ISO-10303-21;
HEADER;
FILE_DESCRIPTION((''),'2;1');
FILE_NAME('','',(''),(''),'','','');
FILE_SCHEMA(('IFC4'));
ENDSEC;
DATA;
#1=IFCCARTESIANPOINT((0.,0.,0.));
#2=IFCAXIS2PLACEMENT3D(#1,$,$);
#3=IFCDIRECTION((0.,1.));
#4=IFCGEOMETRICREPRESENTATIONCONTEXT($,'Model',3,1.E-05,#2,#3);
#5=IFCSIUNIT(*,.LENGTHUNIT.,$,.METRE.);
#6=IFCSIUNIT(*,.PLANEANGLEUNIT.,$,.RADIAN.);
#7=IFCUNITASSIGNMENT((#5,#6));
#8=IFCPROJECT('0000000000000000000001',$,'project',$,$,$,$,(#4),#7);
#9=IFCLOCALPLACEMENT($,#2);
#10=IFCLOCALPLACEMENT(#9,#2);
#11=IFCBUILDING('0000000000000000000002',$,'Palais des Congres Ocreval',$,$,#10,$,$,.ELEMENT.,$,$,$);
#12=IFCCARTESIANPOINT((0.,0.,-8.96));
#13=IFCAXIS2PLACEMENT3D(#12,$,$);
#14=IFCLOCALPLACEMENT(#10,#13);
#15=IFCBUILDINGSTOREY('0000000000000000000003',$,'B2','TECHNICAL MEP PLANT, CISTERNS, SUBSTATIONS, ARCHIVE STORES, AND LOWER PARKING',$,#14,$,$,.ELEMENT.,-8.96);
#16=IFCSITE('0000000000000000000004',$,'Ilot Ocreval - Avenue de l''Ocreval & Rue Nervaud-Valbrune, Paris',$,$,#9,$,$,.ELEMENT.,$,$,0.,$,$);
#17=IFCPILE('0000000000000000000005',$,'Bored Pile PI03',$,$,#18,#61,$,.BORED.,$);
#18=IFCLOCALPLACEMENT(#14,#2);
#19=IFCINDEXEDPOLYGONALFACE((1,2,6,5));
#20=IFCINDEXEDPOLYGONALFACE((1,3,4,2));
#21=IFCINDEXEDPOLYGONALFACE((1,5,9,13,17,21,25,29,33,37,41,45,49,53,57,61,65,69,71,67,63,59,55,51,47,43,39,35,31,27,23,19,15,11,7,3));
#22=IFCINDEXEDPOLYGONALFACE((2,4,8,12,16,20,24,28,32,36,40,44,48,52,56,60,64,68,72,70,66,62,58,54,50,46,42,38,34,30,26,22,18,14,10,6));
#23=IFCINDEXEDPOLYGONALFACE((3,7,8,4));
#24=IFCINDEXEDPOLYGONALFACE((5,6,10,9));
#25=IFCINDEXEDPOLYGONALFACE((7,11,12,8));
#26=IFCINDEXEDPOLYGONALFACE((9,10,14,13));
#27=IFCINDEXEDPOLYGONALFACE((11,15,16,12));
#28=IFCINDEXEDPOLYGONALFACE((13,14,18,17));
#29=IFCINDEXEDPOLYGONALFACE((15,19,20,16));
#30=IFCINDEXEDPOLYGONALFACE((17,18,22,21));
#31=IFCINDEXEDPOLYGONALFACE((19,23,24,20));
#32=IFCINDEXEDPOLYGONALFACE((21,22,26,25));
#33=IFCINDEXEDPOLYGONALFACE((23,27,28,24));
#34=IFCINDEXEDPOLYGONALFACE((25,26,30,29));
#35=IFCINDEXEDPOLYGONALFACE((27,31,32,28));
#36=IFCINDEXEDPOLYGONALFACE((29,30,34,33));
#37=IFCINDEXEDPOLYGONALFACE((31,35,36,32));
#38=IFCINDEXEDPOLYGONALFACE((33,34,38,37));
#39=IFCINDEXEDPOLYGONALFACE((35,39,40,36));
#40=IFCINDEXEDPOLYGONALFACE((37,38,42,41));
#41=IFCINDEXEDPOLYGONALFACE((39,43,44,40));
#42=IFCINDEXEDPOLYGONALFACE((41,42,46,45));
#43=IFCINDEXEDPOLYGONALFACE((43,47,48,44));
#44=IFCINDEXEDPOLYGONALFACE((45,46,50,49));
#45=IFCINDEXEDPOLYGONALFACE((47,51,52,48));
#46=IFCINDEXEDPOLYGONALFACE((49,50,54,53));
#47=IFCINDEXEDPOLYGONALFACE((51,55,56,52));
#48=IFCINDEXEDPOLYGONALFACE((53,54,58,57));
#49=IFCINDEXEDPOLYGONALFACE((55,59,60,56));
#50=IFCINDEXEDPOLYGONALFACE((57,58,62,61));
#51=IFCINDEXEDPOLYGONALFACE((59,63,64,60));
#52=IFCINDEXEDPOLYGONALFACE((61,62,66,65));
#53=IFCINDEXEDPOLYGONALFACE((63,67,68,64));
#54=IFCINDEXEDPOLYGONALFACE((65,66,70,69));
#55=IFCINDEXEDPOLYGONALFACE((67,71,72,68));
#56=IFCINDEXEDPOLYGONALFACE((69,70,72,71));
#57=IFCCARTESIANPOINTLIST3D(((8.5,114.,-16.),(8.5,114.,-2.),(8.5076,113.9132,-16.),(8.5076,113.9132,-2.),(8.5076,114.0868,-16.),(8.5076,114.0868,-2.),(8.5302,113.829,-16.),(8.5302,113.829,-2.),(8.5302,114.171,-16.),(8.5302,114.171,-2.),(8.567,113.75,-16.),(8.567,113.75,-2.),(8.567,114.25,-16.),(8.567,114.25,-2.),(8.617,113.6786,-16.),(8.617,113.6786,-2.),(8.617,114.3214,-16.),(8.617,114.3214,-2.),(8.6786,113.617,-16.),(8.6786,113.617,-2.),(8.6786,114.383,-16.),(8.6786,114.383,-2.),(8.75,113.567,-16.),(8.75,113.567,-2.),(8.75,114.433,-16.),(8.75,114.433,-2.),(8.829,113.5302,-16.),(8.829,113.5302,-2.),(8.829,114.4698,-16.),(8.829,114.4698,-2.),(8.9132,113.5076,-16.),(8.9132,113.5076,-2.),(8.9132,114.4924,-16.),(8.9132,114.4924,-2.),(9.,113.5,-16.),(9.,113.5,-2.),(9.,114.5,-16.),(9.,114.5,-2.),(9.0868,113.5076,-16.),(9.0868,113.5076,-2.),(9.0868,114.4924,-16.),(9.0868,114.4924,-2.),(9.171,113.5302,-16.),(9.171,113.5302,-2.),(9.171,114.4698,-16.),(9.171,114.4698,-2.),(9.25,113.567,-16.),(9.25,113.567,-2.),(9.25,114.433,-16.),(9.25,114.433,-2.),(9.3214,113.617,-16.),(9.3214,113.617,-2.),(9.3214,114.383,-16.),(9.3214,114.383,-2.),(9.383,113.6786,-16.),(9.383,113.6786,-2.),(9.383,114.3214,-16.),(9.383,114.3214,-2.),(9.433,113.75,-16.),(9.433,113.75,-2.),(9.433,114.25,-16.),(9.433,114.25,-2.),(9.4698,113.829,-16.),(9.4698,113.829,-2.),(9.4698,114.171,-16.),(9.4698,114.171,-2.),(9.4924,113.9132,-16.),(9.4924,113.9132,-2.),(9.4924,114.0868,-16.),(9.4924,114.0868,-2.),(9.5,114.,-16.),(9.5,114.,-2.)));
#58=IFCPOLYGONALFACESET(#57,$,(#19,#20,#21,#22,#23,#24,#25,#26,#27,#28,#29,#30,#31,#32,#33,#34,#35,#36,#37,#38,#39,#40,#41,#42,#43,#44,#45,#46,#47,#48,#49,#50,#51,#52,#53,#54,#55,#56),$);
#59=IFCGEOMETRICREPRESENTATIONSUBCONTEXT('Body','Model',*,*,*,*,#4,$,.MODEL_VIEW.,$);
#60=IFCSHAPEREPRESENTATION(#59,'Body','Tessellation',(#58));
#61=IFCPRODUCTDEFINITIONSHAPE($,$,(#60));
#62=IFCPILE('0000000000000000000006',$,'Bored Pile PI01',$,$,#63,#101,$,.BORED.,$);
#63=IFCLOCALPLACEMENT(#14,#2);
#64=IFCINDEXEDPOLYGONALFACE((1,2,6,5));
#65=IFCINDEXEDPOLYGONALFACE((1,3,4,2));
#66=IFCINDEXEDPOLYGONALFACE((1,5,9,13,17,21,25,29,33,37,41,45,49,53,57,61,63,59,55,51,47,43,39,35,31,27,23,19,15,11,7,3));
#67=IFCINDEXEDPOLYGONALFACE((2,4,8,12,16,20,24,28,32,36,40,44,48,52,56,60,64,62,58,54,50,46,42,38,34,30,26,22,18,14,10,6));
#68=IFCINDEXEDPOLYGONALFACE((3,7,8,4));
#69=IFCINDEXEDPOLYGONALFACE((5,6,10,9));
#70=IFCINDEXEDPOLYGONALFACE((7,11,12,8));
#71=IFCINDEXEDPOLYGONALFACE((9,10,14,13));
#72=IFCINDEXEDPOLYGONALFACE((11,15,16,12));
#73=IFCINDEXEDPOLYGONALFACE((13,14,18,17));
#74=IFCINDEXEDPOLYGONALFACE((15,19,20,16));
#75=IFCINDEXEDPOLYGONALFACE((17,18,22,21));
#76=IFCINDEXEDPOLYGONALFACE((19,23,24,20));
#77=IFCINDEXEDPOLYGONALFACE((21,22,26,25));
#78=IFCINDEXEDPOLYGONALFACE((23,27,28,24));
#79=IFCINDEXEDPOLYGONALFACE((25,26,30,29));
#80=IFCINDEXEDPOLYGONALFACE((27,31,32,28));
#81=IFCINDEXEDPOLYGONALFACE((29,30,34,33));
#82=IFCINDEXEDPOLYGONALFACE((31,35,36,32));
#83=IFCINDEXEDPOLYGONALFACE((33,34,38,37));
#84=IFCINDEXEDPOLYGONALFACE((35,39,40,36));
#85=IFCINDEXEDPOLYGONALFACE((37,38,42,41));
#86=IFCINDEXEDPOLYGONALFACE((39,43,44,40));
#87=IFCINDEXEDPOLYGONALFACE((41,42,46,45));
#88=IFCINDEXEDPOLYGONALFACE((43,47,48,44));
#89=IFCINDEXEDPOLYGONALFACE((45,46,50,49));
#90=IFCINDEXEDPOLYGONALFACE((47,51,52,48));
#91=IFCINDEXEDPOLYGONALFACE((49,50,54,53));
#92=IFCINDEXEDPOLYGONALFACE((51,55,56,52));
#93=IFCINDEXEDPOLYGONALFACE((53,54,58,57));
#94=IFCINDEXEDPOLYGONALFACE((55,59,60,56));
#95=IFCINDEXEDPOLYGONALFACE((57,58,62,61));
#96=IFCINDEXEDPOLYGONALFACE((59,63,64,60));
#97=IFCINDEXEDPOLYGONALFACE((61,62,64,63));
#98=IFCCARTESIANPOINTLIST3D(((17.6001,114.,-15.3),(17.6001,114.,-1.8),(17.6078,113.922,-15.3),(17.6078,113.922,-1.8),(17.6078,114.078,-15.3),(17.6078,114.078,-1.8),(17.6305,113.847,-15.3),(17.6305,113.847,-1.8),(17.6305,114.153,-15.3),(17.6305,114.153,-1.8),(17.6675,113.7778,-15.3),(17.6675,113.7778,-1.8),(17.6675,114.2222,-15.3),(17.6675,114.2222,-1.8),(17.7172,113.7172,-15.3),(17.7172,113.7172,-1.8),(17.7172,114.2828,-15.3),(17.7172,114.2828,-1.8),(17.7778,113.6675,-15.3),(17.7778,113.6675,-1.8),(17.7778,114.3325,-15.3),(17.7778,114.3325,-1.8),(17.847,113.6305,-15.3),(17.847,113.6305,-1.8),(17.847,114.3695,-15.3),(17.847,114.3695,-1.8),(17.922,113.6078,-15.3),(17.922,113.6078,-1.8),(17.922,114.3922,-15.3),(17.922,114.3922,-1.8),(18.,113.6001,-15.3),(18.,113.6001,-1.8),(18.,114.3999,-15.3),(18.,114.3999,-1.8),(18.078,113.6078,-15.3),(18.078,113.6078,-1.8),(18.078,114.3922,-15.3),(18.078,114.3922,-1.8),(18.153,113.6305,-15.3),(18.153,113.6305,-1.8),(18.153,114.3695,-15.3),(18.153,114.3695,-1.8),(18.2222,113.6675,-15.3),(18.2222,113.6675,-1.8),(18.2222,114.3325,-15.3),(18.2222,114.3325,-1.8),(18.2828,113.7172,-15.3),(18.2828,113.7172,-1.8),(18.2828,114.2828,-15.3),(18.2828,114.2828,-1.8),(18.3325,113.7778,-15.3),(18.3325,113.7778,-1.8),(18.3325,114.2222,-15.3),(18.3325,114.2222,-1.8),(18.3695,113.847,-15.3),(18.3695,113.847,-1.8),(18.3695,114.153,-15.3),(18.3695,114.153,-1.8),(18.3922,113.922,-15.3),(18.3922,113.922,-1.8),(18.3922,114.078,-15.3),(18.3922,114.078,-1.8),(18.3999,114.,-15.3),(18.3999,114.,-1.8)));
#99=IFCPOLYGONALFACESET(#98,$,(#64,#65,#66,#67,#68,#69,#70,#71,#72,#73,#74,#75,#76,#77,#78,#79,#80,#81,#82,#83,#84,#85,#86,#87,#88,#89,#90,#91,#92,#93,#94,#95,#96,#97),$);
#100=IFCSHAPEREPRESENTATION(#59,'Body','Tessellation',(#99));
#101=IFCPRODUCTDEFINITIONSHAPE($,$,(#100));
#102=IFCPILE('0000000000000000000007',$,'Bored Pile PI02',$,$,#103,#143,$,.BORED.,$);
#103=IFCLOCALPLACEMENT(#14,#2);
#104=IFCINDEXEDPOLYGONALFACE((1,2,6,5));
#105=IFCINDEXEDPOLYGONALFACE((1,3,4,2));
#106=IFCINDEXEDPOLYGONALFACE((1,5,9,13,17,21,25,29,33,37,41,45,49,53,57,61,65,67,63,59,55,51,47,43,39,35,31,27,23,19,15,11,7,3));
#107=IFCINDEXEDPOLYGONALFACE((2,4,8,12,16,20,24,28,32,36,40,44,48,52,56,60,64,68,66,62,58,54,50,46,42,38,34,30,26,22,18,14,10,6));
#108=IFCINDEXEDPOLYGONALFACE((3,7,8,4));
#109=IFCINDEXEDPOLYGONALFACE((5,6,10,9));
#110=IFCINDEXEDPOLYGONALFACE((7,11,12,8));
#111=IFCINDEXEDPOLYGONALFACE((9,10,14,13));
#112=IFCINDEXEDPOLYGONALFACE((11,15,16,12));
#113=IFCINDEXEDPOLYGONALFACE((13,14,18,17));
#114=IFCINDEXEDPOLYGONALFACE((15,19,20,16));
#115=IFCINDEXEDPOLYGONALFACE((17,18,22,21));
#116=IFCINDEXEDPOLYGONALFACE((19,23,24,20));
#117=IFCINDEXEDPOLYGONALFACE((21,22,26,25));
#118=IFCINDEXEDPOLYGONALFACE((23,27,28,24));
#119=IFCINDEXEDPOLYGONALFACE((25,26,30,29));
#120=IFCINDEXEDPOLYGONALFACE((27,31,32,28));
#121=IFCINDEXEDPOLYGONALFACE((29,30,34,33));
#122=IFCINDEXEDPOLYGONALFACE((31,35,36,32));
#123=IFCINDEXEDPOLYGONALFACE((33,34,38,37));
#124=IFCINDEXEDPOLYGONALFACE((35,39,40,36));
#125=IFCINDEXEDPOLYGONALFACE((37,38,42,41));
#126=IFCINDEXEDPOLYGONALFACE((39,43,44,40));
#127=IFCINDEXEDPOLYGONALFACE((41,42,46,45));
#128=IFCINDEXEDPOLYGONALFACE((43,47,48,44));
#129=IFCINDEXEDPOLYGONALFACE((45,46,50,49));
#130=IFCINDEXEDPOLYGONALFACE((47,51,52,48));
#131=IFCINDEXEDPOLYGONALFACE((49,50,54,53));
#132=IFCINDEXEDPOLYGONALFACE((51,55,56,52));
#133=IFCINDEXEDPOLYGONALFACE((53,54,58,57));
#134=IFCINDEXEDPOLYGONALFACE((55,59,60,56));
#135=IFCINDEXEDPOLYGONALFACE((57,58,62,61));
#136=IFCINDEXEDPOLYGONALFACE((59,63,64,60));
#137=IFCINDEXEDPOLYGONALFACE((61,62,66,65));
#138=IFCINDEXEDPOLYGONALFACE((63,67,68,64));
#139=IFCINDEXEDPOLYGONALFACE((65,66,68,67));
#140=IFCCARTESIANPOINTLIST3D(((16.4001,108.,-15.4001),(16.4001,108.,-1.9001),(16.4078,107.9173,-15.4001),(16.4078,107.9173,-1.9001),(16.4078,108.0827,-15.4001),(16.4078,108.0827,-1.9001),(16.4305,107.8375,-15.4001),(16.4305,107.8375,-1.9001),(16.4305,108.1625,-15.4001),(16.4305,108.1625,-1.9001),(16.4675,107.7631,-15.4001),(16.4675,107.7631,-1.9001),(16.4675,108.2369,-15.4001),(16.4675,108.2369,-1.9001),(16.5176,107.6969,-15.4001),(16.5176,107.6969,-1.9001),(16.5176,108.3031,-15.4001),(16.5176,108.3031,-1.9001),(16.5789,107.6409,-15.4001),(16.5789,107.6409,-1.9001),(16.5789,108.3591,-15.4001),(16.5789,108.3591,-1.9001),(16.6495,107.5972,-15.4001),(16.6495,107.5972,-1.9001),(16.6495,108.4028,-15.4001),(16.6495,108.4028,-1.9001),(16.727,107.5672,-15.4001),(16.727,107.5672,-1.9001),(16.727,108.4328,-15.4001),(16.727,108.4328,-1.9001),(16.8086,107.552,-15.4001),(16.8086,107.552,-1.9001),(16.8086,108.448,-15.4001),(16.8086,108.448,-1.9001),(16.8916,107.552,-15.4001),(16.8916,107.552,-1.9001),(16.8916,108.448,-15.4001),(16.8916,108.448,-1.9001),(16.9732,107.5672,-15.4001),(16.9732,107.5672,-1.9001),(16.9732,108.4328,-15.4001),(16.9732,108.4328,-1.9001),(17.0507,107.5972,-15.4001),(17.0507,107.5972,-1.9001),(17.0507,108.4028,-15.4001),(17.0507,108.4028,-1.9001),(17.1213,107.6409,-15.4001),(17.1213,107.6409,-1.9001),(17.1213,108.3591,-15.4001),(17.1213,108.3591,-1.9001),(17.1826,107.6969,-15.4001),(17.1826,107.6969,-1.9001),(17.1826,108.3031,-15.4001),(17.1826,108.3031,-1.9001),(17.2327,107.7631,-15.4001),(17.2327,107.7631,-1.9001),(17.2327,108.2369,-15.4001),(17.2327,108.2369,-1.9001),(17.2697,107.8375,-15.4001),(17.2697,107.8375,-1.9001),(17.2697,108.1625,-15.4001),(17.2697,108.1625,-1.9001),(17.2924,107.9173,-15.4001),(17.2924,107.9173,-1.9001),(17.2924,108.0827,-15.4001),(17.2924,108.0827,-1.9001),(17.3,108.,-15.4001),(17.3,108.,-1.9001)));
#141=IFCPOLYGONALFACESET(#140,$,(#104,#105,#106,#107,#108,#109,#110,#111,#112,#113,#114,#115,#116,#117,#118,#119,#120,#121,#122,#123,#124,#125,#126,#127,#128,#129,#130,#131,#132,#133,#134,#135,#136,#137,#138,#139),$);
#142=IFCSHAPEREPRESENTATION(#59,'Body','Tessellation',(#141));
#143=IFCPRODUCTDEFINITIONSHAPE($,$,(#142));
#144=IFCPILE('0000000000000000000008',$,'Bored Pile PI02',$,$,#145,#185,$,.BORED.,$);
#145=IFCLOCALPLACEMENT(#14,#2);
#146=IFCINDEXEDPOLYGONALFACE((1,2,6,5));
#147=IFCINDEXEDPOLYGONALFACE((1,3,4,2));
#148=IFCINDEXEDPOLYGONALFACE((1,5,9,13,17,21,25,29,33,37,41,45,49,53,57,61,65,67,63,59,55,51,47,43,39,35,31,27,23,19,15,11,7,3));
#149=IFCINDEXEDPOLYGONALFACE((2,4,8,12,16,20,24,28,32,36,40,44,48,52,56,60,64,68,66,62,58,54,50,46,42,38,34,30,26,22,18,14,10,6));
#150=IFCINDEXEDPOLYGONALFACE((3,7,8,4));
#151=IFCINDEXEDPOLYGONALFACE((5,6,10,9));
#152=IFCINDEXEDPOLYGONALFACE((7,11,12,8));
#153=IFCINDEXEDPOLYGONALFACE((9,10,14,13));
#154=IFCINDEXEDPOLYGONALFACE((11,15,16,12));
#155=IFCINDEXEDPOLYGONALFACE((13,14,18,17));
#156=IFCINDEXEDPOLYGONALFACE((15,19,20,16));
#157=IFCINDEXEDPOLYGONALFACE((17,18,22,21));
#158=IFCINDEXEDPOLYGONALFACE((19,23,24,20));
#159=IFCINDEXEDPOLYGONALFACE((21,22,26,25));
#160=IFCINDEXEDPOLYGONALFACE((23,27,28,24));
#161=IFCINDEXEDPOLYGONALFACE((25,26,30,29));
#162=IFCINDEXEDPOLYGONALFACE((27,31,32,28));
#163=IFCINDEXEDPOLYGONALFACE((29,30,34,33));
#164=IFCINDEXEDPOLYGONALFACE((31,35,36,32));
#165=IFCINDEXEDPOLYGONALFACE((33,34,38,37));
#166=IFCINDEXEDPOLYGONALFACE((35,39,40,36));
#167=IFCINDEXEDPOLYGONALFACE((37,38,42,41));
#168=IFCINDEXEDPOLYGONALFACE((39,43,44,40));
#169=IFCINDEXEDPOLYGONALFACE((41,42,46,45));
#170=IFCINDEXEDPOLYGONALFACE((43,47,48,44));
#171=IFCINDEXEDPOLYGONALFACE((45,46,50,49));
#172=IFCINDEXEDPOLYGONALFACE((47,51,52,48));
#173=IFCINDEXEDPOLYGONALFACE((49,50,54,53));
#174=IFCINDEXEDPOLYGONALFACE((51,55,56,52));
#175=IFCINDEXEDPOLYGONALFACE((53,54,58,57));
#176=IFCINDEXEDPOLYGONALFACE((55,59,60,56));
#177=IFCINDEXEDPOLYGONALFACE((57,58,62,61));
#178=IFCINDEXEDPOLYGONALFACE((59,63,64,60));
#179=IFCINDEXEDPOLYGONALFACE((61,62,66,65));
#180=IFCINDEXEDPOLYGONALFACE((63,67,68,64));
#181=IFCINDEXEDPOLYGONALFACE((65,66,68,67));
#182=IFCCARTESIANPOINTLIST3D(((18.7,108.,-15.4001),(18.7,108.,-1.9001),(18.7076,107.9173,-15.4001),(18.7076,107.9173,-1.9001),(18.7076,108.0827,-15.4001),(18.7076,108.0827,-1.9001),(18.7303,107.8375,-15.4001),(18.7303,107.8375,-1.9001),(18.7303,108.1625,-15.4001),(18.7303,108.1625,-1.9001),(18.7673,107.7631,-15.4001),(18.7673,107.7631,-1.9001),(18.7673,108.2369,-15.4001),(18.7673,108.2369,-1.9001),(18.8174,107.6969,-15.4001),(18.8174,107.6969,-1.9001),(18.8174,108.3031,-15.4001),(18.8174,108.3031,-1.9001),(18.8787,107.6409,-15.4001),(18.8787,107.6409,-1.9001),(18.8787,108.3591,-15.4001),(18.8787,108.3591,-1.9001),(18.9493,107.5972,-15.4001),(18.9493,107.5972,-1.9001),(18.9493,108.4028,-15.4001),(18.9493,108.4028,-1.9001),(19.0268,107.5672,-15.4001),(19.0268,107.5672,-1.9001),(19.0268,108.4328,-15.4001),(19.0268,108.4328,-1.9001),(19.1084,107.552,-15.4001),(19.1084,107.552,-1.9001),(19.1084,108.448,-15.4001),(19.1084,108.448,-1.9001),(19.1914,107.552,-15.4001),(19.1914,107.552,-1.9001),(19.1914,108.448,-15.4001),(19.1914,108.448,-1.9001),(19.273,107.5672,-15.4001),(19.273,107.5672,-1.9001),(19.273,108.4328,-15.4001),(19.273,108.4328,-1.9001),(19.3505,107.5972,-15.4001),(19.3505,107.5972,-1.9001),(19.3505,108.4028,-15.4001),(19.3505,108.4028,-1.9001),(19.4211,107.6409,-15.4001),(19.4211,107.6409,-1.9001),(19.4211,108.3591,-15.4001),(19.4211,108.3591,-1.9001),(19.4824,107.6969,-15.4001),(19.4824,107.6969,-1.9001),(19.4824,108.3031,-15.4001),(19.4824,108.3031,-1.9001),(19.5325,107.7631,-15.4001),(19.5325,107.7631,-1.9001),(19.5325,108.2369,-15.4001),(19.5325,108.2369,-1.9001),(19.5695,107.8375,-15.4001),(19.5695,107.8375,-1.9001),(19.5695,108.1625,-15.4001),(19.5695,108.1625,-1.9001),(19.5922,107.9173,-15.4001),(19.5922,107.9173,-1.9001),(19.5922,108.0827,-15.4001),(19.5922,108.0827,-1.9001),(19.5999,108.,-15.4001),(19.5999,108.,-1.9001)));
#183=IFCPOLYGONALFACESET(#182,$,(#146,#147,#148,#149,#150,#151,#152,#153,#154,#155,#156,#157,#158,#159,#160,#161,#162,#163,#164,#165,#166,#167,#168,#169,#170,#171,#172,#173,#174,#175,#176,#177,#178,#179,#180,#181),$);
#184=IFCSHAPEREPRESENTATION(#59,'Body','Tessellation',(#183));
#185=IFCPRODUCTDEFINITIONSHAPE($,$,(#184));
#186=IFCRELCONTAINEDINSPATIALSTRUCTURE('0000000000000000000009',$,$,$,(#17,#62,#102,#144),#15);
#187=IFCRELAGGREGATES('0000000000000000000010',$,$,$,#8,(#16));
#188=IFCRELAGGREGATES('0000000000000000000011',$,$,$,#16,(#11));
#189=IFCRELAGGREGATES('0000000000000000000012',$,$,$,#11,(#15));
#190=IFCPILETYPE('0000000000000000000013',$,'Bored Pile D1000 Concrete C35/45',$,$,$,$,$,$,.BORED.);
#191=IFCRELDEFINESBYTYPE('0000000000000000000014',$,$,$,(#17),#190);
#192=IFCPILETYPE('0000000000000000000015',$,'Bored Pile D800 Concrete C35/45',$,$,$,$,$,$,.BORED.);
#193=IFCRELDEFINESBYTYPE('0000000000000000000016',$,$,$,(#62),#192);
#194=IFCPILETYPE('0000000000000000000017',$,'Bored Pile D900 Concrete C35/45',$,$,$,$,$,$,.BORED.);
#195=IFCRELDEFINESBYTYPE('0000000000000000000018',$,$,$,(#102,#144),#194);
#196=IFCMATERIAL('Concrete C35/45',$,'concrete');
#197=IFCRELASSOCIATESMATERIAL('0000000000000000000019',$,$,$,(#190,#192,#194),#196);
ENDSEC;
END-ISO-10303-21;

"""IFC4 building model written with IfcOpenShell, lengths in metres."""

from ifc_helpers import new_model, si_unit, direction, frame, origin, origin_2d, place, context, subcontext, project, spatial, circle, extrude, material, material_profile, profile_set, type_object, element, save


model = new_model("IFC4")

# Units and contexts
model_context = context("Model", 3, precision=1e-05, world=origin(), true_north=direction((0.0, 1.0)))
body_context = subcontext(model_context, "Body", "Model", "MODEL_VIEW")
ifc_project = project(units=[si_unit("LENGTHUNIT", "METRE"), si_unit("PLANEANGLEUNIT", "RADIAN")], contexts=[model_context])

# Site, building, storey
site_placement = place(None, origin())
site = spatial("IfcSite", under=ifc_project, at=site_placement, Name="Ilot Ocreval - Avenue de l'Ocreval & Rue Nervaud-Valbrune, Paris", CompositionType="ELEMENT", RefElevation=0.0)
building_placement = place(site_placement, origin())
building = spatial("IfcBuilding", under=site, at=building_placement, Name="Palais des Congres Ocreval", CompositionType="ELEMENT")
storey_placement = place(building_placement, frame((0.0, 0.0, -8.96)))
storey = spatial("IfcBuildingStorey", under=building, at=storey_placement, Name="B2", Description="TECHNICAL MEP PLANT, CISTERNS, SUBSTATIONS, ARCHIVE STORES, AND LOWER PARKING", CompositionType="ELEMENT", Elevation=-8.96)

# Piles
ifc_material_1 = material(Name="Concrete C35/45", Category="concrete")
ifc_material_profile_1 = material_profile(ifc_material_1, circle(Radius=0.5, at=origin_2d()), Name="BORED PILE 1000")
ifc_profile_set_1 = profile_set([ifc_material_profile_1], Name="Concrete C35/45")
pile_type_1 = type_object("IfcPileType", Name="Bored Pile D1000 Concrete C35/45", PredefinedType="BORED", material=ifc_profile_set_1)
pile_1_placement = place(storey_placement, frame((9.0, 114.0, -2.0), z_axis=(0.0, 0.0, -1.0), x_axis=(1.0, 0.0, 0.0)))
element("IfcPile", 1, at=pile_1_placement, inside=storey, type_object=pile_type_1, Name="Bored Pile PI03", PredefinedType="BORED", context=body_context, shape_type="SweptSolid", body=[
    extrude(circle(Radius=0.5, at=origin_2d()), origin(), (0.0, 0.0, 1.0), 14.0),
])
ifc_material_profile_2 = material_profile(ifc_material_1, circle(Radius=0.3999, at=origin_2d()), Name="BORED PILE 800")
ifc_profile_set_2 = profile_set([ifc_material_profile_2], Name="Concrete C35/45")
pile_type_2 = type_object("IfcPileType", Name="Bored Pile D800 Concrete C35/45", PredefinedType="BORED", material=ifc_profile_set_2)
pile_2_placement = place(storey_placement, frame((18.0, 114.0, -1.8), z_axis=(0.0, 0.0, -1.0), x_axis=(1.0, 0.0, 0.0)))
element("IfcPile", 2, at=pile_2_placement, inside=storey, type_object=pile_type_2, Name="Bored Pile PI01", PredefinedType="BORED", context=body_context, shape_type="SweptSolid", body=[
    extrude(circle(Radius=0.3999, at=origin_2d()), origin(), (0.0, 0.0, 1.0), 13.5),
])
ifc_material_profile_3 = material_profile(ifc_material_1, circle(Radius=0.45, at=origin_2d()), Name="BORED PILE 900")
ifc_profile_set_3 = profile_set([ifc_material_profile_3], Name="Concrete C35/45")
pile_type_3 = type_object("IfcPileType", Name="Bored Pile D900 Concrete C35/45", PredefinedType="BORED", material=ifc_profile_set_3)
for number, where, z_axis, x_axis, name in (
    (3, (16.8501, 108.0, -1.9001), (0.0, 0.0, -1.0), (1.0, 0.0, 0.0), "Bored Pile PI02"),
    (4, (19.1499, 108.0, -1.9001), (0.0, 0.0, -1.0), (1.0, 0.0, 0.0), "Bored Pile PI02"),
):
    element("IfcPile", number, at=place(storey_placement, frame(where, z_axis=z_axis, x_axis=x_axis)), inside=storey, type_object=pile_type_3, Name=name, PredefinedType="BORED", context=body_context, shape_type="SweptSolid", body=[
        extrude(circle(Radius=0.45, at=origin_2d()), origin(), (0.0, 0.0, 1.0), 13.5),
    ])

save(model, "model.ifc")
